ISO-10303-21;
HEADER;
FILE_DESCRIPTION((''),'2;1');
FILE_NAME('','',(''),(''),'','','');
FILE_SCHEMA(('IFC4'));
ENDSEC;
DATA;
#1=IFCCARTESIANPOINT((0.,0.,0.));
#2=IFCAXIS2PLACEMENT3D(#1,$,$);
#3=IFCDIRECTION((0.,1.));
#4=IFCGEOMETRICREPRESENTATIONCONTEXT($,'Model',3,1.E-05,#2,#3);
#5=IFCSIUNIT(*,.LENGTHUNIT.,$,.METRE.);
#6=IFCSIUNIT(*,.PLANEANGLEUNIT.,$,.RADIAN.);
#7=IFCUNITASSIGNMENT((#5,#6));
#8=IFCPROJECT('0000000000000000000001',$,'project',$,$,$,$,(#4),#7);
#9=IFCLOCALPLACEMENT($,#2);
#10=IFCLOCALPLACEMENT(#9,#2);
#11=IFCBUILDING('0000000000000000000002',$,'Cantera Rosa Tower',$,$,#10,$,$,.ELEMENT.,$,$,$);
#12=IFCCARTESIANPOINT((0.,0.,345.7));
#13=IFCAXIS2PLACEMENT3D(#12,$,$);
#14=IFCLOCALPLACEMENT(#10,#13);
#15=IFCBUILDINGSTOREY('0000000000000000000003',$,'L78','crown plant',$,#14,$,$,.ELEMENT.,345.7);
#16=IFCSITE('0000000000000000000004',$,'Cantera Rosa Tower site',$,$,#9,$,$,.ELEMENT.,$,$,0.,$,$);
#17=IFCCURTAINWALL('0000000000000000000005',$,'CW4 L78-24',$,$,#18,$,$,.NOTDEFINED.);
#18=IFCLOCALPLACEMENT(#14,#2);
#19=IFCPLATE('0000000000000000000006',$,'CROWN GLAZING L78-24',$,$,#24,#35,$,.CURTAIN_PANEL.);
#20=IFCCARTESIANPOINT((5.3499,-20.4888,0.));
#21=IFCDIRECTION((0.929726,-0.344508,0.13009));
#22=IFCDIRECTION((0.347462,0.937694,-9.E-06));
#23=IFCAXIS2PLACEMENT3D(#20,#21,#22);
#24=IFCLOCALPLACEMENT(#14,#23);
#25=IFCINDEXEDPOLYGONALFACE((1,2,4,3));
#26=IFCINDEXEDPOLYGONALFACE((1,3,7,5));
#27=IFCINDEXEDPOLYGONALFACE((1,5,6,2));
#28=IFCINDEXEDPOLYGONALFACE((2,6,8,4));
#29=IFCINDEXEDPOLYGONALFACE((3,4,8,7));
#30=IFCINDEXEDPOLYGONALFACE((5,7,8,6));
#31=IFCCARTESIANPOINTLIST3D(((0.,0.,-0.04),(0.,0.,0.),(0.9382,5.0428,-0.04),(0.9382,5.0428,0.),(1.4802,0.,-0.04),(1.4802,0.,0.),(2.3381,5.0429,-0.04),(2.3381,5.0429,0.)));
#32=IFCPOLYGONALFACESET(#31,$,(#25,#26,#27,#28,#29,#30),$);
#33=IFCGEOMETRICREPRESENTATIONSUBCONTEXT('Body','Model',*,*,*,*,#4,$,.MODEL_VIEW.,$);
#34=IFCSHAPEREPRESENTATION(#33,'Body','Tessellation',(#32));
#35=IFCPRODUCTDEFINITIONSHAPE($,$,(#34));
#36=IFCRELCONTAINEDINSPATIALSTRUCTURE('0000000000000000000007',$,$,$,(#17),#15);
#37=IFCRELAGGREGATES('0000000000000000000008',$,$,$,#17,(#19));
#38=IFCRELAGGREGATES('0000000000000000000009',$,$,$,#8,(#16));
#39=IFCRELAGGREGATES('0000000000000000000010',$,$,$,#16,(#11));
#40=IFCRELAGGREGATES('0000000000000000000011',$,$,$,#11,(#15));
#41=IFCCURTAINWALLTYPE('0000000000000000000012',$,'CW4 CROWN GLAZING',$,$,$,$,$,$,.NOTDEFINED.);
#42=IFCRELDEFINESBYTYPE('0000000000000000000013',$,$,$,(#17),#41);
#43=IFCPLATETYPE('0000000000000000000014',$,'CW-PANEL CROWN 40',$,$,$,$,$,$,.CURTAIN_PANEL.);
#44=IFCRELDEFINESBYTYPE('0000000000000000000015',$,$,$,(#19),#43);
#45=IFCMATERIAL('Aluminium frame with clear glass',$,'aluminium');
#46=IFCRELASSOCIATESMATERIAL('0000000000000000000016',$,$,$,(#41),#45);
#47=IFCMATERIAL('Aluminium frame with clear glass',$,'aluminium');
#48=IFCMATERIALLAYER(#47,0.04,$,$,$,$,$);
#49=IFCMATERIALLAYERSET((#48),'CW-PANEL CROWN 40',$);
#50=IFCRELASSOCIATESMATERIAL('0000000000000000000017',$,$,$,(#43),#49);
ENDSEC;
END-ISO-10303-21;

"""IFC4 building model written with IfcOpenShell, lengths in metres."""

from ifc_helpers import new_model, si_unit, direction, frame, origin, place, context, subcontext, project, spatial, polyline, outline, extrude, material, layer, layer_set, type_object, element, aggregate, save


model = new_model("IFC4")

# Units and contexts
model_context = context("Model", 3, precision=1e-05, world=origin(), true_north=direction((0.0, 1.0)))
body_context = subcontext(model_context, "Body", "Model", "MODEL_VIEW")
ifc_project = project(units=[si_unit("LENGTHUNIT", "METRE"), si_unit("PLANEANGLEUNIT", "RADIAN")], contexts=[model_context])

# Site, building, storey
site_placement = place(None, origin())
site = spatial("IfcSite", under=ifc_project, at=site_placement, Name="Cantera Rosa Tower site", CompositionType="ELEMENT", RefElevation=0.0)
building_placement = place(site_placement, origin())
building = spatial("IfcBuilding", under=site, at=building_placement, Name="Cantera Rosa Tower", CompositionType="ELEMENT")
storey_placement = place(building_placement, frame((0.0, 0.0, 345.7)))
storey = spatial("IfcBuildingStorey", under=building, at=storey_placement, Name="L78", Description="crown plant", CompositionType="ELEMENT", Elevation=345.7)

# Curtain wall
ifc_material_1 = material(Name="Aluminium frame with clear glass", Category="aluminium")
curtain_wall_type = type_object("IfcCurtainWallType", Name="CW4 CROWN GLAZING", PredefinedType="NOTDEFINED", material=ifc_material_1)
curtain_wall_1_placement = place(storey_placement, origin())
curtain_wall_1 = element("IfcCurtainWall", 1, at=curtain_wall_1_placement, inside=storey, type_object=curtain_wall_type, Name="CW4 L78-24", PredefinedType="NOTDEFINED")

# Plate
ifc_material_2 = material(Name="Aluminium frame with clear glass", Category="aluminium")
ifc_layer_1 = layer(ifc_material_2, 0.04)
ifc_layer_set_1 = layer_set([ifc_layer_1], Name="CW-PANEL CROWN 40")
plate_type = type_object("IfcPlateType", Name="CW-PANEL CROWN 40", PredefinedType="CURTAIN_PANEL", material=ifc_layer_set_1)
plate_1_placement = place(storey_placement, frame((5.3499, -20.4888, 0.0), z_axis=(0.929726, -0.344508, 0.13009), x_axis=(0.347462, 0.937694, -0.000009)))
plate_1 = element("IfcPlate", 2, at=plate_1_placement, type_object=plate_type, Name="CROWN GLAZING L78-24", PredefinedType="CURTAIN_PANEL", context=body_context, shape_type="SweptSolid", body=[
    extrude(outline(polyline([(0.0, 0.0), (1.4802, 0.0), (2.3381, 5.0429), (0.9382, 5.0428), (0.0, 0.0)])), origin(), (0.0, 0.0, -1.0), 0.04),
])

aggregate(curtain_wall_1, [plate_1])

save(model, "model.ifc")
